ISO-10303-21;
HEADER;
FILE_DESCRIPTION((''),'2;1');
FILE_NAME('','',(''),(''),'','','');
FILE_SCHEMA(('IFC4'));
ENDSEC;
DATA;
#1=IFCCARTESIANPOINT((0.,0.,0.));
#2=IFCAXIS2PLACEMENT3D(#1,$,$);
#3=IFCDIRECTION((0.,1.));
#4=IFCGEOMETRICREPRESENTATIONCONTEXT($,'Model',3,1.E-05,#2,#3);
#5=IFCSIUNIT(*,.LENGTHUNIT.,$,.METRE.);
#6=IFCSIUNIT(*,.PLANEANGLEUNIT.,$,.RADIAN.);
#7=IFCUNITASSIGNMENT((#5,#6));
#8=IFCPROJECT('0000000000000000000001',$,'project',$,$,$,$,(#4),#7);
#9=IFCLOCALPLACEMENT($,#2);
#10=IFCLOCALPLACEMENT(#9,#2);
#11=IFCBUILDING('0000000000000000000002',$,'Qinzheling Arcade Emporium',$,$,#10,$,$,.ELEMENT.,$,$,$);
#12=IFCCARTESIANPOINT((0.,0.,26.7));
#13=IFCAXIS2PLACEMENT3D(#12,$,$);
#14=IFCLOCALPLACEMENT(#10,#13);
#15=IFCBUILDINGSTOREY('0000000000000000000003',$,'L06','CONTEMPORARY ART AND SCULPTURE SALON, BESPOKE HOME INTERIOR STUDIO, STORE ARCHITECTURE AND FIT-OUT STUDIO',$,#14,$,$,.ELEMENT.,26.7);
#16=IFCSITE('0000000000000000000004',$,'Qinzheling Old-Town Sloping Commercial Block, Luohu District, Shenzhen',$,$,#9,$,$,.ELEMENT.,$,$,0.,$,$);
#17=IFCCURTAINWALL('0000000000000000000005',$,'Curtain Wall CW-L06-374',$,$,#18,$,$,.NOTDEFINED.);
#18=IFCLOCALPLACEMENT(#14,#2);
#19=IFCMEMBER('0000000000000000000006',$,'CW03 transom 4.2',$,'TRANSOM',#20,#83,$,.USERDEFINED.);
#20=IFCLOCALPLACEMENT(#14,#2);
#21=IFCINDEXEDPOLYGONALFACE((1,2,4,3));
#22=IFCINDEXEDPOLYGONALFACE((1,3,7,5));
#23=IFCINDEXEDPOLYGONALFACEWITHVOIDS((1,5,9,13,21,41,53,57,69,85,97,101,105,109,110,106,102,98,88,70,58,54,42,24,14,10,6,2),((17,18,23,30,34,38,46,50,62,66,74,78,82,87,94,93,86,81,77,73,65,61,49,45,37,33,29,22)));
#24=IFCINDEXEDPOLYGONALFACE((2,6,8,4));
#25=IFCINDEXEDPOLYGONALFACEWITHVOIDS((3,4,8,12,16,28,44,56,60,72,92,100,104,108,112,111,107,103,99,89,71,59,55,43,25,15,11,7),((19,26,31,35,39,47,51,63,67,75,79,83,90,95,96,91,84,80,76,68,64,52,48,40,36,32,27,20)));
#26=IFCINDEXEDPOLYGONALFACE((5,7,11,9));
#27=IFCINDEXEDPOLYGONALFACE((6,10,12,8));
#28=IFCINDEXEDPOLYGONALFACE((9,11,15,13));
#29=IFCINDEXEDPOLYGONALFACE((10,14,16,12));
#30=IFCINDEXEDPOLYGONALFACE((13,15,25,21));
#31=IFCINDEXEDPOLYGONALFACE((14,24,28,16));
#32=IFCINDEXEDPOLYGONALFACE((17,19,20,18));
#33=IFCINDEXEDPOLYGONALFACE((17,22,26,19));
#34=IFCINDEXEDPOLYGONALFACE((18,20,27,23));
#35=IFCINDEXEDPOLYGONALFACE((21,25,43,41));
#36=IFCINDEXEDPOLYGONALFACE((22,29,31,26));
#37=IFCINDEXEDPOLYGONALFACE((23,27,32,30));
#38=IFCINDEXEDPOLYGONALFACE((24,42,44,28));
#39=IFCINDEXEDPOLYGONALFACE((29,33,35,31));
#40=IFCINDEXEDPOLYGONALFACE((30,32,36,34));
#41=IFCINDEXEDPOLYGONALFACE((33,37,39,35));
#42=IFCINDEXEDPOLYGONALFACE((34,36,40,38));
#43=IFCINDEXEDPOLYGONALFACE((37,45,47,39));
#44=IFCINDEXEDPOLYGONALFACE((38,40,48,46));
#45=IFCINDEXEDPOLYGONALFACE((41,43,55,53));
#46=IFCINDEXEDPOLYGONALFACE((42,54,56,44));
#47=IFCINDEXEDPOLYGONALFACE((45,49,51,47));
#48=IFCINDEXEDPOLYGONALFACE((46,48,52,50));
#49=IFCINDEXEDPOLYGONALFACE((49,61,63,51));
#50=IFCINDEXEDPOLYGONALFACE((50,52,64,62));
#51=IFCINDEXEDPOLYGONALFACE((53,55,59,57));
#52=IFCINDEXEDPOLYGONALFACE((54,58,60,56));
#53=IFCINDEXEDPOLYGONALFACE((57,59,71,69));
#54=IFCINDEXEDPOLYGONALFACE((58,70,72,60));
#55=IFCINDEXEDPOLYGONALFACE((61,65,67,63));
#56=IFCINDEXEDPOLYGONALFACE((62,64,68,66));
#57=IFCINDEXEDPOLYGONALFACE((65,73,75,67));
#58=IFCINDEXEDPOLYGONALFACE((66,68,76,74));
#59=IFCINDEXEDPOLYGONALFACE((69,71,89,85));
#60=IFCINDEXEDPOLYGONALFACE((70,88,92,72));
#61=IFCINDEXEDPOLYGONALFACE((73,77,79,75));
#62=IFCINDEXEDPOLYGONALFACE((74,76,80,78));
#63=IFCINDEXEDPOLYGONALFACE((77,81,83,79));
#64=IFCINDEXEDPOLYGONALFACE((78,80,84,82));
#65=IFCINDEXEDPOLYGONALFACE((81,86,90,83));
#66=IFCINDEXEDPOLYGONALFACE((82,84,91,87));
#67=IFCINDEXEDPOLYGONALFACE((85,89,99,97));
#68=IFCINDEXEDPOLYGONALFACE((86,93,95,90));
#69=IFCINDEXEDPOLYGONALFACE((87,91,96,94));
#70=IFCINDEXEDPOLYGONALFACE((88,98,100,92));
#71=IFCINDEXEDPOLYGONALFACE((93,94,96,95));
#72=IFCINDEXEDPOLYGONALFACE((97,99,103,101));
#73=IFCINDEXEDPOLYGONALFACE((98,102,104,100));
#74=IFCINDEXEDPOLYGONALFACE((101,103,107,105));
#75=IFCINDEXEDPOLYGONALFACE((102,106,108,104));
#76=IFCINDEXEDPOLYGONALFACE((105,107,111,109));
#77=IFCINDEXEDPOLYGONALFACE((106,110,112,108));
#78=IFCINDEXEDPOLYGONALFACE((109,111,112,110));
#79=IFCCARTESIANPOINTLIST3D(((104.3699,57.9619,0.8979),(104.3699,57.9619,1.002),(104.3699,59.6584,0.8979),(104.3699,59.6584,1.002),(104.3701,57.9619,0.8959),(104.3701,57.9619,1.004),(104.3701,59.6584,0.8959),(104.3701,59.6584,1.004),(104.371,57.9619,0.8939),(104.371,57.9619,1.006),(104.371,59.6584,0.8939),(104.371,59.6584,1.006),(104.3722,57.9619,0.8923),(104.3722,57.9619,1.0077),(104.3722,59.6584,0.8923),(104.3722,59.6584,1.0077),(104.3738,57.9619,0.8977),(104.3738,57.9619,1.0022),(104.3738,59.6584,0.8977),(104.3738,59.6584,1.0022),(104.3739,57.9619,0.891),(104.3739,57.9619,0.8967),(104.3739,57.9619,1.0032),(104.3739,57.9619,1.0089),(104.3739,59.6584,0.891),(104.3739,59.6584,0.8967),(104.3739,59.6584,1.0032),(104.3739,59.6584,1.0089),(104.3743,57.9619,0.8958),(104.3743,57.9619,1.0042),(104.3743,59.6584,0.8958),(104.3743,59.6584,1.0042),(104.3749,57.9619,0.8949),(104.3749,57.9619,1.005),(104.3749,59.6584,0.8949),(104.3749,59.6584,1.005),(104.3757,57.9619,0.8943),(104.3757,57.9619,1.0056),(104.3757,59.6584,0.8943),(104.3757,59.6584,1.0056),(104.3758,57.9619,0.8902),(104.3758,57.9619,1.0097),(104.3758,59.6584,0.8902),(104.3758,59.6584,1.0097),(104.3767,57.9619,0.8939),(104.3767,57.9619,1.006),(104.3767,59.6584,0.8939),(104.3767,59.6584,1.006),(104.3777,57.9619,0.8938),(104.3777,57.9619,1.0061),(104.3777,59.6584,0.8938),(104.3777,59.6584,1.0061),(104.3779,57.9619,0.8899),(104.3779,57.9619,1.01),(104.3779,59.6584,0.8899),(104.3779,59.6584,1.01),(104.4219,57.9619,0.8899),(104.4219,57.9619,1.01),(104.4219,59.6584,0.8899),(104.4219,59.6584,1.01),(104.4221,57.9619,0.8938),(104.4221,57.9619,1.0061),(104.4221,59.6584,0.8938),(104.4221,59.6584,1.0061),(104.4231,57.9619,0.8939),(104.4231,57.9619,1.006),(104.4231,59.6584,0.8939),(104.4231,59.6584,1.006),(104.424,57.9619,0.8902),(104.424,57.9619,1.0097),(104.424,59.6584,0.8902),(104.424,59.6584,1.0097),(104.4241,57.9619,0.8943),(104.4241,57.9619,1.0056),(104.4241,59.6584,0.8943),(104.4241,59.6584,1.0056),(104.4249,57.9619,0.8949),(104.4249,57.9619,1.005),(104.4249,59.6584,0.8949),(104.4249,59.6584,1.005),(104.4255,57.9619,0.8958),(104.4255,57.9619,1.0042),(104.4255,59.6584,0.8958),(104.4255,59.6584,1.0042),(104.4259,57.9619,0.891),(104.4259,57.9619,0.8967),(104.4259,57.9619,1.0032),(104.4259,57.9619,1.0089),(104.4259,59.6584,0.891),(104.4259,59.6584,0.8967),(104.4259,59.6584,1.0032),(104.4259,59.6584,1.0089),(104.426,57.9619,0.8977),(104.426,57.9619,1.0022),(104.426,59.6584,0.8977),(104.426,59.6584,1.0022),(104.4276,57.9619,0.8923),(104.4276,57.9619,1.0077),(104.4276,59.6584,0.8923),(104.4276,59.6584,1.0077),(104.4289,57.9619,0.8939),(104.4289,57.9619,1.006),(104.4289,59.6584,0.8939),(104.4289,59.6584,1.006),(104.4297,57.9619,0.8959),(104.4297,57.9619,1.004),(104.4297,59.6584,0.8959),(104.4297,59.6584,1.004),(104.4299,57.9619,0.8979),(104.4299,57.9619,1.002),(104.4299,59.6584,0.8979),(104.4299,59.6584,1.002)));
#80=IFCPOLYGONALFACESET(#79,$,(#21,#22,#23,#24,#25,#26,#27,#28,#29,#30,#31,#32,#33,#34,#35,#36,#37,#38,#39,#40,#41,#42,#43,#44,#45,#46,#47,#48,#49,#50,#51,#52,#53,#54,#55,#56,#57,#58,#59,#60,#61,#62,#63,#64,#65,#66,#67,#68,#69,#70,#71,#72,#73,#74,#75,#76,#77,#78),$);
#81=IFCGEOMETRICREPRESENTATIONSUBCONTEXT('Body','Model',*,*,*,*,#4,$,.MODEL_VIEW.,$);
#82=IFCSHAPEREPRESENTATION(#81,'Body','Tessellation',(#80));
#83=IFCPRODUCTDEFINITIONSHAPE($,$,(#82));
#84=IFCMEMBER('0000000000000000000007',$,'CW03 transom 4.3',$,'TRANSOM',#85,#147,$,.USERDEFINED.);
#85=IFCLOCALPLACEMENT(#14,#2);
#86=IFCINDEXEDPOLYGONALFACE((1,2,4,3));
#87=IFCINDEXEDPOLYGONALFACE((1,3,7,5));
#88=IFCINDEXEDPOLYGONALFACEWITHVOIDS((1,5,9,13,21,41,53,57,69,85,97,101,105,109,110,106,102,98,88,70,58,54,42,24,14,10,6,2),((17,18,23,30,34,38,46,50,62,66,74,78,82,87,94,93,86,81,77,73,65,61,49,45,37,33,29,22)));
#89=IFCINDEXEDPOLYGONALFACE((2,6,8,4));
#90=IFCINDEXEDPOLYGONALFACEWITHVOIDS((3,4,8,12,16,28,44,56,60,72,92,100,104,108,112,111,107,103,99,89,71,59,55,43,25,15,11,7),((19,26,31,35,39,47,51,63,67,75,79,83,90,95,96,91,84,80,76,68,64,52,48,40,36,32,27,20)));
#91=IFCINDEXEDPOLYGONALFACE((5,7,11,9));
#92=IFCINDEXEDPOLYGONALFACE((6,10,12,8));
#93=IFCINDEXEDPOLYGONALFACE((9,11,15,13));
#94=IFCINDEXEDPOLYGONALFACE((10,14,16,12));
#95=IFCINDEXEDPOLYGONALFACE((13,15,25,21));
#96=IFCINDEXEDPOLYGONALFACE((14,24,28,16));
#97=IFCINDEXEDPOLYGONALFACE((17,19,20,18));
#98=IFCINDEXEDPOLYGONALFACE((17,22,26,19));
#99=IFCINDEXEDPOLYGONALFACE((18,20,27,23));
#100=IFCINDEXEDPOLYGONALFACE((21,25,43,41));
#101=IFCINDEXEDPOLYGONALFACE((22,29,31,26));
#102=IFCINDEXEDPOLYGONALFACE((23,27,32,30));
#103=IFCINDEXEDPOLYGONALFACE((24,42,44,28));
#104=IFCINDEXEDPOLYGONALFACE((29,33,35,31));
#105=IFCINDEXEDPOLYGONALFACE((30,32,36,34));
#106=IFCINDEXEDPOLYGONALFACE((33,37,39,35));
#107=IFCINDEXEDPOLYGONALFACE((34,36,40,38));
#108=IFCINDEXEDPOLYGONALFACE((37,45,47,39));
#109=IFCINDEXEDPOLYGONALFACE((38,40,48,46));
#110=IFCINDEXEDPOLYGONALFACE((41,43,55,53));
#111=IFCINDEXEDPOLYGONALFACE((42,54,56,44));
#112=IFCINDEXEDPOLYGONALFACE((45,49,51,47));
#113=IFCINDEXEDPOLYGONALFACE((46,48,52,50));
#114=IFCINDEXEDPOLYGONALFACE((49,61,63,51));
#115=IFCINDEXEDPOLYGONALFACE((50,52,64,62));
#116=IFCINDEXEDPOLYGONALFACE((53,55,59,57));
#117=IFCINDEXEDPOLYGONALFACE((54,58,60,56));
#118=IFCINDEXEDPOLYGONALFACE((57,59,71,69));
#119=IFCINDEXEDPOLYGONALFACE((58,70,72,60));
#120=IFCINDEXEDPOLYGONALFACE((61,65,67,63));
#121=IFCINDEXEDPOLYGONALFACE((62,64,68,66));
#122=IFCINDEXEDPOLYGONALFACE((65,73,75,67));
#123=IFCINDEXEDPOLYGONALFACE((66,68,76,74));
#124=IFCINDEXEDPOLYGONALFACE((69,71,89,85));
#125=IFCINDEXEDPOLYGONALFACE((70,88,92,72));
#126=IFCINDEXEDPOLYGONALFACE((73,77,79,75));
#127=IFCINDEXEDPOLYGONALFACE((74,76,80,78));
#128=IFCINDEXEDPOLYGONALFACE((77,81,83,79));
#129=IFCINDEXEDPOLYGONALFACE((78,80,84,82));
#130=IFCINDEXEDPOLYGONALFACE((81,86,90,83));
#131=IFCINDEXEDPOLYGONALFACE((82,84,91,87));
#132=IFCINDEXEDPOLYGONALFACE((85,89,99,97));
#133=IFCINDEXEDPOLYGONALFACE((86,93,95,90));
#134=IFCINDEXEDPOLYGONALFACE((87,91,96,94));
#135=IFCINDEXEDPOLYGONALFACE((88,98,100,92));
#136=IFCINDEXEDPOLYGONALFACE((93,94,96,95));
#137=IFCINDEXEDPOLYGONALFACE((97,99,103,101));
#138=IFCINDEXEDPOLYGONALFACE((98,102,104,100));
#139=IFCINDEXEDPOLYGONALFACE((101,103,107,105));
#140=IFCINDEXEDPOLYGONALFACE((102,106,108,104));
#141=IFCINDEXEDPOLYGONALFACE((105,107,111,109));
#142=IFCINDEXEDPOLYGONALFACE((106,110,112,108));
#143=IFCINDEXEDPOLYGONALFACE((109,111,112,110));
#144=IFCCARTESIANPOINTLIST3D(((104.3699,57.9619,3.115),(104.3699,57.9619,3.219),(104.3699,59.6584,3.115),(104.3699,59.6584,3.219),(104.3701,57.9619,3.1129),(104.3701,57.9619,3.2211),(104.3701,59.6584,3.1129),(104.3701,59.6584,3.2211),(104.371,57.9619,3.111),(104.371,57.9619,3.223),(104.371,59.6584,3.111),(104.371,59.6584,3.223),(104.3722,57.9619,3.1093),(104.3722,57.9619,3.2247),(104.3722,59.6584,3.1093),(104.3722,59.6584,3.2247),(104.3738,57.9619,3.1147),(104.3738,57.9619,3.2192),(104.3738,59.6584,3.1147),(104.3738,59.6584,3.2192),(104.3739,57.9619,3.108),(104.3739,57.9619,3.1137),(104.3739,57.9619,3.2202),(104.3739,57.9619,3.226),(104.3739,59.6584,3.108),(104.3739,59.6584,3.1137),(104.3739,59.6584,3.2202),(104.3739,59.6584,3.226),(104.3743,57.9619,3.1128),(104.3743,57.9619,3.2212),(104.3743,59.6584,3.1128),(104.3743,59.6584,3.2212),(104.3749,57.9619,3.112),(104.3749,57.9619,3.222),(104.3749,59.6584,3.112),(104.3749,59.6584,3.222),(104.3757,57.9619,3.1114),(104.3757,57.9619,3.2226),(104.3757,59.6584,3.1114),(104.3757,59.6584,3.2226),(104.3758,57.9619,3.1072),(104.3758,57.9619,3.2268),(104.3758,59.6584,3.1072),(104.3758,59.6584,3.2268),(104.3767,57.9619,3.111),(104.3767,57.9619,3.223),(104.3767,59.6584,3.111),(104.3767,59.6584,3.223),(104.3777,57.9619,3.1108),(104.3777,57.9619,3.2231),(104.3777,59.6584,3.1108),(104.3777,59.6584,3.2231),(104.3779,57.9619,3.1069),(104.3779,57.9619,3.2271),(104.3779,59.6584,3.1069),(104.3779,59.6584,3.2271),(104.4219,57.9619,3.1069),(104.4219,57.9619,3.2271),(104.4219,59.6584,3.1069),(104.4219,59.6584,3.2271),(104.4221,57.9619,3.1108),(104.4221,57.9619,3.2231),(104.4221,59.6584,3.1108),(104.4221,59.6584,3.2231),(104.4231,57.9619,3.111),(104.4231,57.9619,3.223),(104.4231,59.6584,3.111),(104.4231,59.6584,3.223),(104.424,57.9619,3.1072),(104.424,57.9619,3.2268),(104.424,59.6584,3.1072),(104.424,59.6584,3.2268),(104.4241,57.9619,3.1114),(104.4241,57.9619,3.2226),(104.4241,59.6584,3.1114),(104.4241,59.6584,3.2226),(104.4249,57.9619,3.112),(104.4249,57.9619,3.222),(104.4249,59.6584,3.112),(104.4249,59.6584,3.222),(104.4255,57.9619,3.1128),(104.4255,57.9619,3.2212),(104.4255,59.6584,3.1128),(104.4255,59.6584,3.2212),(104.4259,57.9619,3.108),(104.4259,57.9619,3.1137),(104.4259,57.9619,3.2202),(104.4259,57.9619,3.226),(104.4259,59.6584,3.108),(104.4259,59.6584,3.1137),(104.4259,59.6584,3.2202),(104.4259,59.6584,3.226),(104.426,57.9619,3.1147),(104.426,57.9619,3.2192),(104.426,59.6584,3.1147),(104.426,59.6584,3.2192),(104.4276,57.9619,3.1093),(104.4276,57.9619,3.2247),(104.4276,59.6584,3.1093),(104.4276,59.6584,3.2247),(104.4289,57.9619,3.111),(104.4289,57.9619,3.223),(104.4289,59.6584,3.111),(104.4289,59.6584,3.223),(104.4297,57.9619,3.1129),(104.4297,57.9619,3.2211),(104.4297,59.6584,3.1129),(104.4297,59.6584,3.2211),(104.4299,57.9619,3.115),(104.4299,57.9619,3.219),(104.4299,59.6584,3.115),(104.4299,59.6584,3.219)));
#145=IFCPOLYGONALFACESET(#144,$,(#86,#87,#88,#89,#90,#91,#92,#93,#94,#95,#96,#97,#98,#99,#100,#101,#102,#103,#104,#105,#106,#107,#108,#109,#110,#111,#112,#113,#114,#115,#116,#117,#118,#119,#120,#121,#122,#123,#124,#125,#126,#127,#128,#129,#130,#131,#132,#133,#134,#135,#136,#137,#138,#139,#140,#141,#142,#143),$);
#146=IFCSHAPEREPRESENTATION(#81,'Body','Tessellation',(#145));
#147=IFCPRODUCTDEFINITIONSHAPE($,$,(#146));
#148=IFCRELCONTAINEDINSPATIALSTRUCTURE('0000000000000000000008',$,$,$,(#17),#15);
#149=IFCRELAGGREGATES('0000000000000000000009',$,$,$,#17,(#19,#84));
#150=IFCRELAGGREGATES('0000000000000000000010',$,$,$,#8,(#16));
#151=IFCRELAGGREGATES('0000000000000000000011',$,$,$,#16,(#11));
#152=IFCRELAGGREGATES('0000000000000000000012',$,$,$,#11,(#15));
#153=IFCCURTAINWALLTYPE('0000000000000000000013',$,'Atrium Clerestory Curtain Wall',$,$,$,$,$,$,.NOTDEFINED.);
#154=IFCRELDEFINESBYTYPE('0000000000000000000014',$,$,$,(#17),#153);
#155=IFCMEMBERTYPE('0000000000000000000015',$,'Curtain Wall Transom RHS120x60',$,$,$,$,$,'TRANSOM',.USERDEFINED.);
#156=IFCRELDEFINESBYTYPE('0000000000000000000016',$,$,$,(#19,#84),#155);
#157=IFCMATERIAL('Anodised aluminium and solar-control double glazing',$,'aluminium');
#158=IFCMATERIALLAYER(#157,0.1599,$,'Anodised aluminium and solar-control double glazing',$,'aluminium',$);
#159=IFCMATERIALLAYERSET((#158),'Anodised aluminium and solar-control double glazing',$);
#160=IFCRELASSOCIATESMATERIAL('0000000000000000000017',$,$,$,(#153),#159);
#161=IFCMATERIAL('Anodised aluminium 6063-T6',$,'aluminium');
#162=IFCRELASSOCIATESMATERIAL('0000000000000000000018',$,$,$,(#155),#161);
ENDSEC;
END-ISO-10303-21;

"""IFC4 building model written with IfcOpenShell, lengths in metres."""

from ifc_helpers import new_model, si_unit, direction, frame, origin, origin_2d, place, context, subcontext, project, spatial, hollow_rectangle, extrude, material, layer, layer_set, material_profile, profile_set, type_object, element, aggregate, save


model = new_model("IFC4")

# Units and contexts
model_context = context("Model", 3, precision=1e-05, world=origin(), true_north=direction((0.0, 1.0)))
body_context = subcontext(model_context, "Body", "Model", "MODEL_VIEW")
ifc_project = project(units=[si_unit("LENGTHUNIT", "METRE"), si_unit("PLANEANGLEUNIT", "RADIAN")], contexts=[model_context])

# Site, building, storey
site_placement = place(None, origin())
site = spatial("IfcSite", under=ifc_project, at=site_placement, Name="Qinzheling Old-Town Sloping Commercial Block, Luohu District, Shenzhen", CompositionType="ELEMENT", RefElevation=0.0)
building_placement = place(site_placement, origin())
building = spatial("IfcBuilding", under=site, at=building_placement, Name="Qinzheling Arcade Emporium", CompositionType="ELEMENT")
storey_placement = place(building_placement, frame((0.0, 0.0, 26.7)))
storey = spatial("IfcBuildingStorey", under=building, at=storey_placement, Name="L06", Description="CONTEMPORARY ART AND SCULPTURE SALON, BESPOKE HOME INTERIOR STUDIO, STORE ARCHITECTURE AND FIT-OUT STUDIO", CompositionType="ELEMENT", Elevation=26.7)

# Curtain wall
ifc_material_1 = material(Name="Anodised aluminium and solar-control double glazing", Category="aluminium")
ifc_layer_1 = layer(ifc_material_1, 0.1599, Name="Anodised aluminium and solar-control double glazing", Category="aluminium")
ifc_layer_set_1 = layer_set([ifc_layer_1], Name="Anodised aluminium and solar-control double glazing")
curtain_wall_type = type_object("IfcCurtainWallType", Name="Atrium Clerestory Curtain Wall", PredefinedType="NOTDEFINED", material=ifc_layer_set_1)
curtain_wall_1_placement = place(storey_placement, origin())
curtain_wall_1 = element("IfcCurtainWall", 1, at=curtain_wall_1_placement, inside=storey, type_object=curtain_wall_type, Name="Curtain Wall CW-L06-374", PredefinedType="NOTDEFINED")
ifc_material_2 = material(Name="Anodised aluminium 6063-T6", Category="aluminium")

# Members
ifc_material_profile_1 = material_profile(ifc_material_2, hollow_rectangle(XDim=0.0601, YDim=0.1201, WallThickness=0.0039, InnerFilletRadius=0.0039, OuterFilletRadius=0.0081, at=origin_2d()), Name="RHS 120x60x4", Category="aluminium")
ifc_profile_set_1 = profile_set([ifc_material_profile_1], Name="Anodised aluminium 6063-T6")
member_type_1 = type_object("IfcMemberType", Name="Curtain Wall Transom RHS120x60", ElementType="TRANSOM", PredefinedType="USERDEFINED", material=ifc_profile_set_1)
member_1_placement = place(storey_placement, frame((104.3999, 59.6584, 0.95), z_axis=(0.0, -1.0, 0.0), x_axis=(1.0, 0.0, 0.0)))
member_1 = element("IfcMember", 2, at=member_1_placement, type_object=member_type_1, Name="CW03 transom 4.2", ObjectType="TRANSOM", PredefinedType="USERDEFINED", context=body_context, shape_type="SweptSolid", body=[
    extrude(hollow_rectangle(XDim=0.0601, YDim=0.1201, WallThickness=0.0039, InnerFilletRadius=0.0039, OuterFilletRadius=0.0081, at=origin_2d()), origin(), (0.0, 0.0, 1.0), 1.6965),
])
member_2_placement = place(storey_placement, frame((104.3999, 59.6584, 3.167), z_axis=(0.0, -1.0, 0.0), x_axis=(1.0, 0.0, 0.0)))
member_2 = element("IfcMember", 3, at=member_2_placement, type_object=member_type_1, Name="CW03 transom 4.3", ObjectType="TRANSOM", PredefinedType="USERDEFINED", context=body_context, shape_type="SweptSolid", body=[
    extrude(hollow_rectangle(XDim=0.0601, YDim=0.1201, WallThickness=0.0039, InnerFilletRadius=0.0039, OuterFilletRadius=0.0081, at=origin_2d()), origin(), (0.0, 0.0, 1.0), 1.6965),
])

aggregate(curtain_wall_1, [member_1, member_2])

save(model, "model.ifc")
